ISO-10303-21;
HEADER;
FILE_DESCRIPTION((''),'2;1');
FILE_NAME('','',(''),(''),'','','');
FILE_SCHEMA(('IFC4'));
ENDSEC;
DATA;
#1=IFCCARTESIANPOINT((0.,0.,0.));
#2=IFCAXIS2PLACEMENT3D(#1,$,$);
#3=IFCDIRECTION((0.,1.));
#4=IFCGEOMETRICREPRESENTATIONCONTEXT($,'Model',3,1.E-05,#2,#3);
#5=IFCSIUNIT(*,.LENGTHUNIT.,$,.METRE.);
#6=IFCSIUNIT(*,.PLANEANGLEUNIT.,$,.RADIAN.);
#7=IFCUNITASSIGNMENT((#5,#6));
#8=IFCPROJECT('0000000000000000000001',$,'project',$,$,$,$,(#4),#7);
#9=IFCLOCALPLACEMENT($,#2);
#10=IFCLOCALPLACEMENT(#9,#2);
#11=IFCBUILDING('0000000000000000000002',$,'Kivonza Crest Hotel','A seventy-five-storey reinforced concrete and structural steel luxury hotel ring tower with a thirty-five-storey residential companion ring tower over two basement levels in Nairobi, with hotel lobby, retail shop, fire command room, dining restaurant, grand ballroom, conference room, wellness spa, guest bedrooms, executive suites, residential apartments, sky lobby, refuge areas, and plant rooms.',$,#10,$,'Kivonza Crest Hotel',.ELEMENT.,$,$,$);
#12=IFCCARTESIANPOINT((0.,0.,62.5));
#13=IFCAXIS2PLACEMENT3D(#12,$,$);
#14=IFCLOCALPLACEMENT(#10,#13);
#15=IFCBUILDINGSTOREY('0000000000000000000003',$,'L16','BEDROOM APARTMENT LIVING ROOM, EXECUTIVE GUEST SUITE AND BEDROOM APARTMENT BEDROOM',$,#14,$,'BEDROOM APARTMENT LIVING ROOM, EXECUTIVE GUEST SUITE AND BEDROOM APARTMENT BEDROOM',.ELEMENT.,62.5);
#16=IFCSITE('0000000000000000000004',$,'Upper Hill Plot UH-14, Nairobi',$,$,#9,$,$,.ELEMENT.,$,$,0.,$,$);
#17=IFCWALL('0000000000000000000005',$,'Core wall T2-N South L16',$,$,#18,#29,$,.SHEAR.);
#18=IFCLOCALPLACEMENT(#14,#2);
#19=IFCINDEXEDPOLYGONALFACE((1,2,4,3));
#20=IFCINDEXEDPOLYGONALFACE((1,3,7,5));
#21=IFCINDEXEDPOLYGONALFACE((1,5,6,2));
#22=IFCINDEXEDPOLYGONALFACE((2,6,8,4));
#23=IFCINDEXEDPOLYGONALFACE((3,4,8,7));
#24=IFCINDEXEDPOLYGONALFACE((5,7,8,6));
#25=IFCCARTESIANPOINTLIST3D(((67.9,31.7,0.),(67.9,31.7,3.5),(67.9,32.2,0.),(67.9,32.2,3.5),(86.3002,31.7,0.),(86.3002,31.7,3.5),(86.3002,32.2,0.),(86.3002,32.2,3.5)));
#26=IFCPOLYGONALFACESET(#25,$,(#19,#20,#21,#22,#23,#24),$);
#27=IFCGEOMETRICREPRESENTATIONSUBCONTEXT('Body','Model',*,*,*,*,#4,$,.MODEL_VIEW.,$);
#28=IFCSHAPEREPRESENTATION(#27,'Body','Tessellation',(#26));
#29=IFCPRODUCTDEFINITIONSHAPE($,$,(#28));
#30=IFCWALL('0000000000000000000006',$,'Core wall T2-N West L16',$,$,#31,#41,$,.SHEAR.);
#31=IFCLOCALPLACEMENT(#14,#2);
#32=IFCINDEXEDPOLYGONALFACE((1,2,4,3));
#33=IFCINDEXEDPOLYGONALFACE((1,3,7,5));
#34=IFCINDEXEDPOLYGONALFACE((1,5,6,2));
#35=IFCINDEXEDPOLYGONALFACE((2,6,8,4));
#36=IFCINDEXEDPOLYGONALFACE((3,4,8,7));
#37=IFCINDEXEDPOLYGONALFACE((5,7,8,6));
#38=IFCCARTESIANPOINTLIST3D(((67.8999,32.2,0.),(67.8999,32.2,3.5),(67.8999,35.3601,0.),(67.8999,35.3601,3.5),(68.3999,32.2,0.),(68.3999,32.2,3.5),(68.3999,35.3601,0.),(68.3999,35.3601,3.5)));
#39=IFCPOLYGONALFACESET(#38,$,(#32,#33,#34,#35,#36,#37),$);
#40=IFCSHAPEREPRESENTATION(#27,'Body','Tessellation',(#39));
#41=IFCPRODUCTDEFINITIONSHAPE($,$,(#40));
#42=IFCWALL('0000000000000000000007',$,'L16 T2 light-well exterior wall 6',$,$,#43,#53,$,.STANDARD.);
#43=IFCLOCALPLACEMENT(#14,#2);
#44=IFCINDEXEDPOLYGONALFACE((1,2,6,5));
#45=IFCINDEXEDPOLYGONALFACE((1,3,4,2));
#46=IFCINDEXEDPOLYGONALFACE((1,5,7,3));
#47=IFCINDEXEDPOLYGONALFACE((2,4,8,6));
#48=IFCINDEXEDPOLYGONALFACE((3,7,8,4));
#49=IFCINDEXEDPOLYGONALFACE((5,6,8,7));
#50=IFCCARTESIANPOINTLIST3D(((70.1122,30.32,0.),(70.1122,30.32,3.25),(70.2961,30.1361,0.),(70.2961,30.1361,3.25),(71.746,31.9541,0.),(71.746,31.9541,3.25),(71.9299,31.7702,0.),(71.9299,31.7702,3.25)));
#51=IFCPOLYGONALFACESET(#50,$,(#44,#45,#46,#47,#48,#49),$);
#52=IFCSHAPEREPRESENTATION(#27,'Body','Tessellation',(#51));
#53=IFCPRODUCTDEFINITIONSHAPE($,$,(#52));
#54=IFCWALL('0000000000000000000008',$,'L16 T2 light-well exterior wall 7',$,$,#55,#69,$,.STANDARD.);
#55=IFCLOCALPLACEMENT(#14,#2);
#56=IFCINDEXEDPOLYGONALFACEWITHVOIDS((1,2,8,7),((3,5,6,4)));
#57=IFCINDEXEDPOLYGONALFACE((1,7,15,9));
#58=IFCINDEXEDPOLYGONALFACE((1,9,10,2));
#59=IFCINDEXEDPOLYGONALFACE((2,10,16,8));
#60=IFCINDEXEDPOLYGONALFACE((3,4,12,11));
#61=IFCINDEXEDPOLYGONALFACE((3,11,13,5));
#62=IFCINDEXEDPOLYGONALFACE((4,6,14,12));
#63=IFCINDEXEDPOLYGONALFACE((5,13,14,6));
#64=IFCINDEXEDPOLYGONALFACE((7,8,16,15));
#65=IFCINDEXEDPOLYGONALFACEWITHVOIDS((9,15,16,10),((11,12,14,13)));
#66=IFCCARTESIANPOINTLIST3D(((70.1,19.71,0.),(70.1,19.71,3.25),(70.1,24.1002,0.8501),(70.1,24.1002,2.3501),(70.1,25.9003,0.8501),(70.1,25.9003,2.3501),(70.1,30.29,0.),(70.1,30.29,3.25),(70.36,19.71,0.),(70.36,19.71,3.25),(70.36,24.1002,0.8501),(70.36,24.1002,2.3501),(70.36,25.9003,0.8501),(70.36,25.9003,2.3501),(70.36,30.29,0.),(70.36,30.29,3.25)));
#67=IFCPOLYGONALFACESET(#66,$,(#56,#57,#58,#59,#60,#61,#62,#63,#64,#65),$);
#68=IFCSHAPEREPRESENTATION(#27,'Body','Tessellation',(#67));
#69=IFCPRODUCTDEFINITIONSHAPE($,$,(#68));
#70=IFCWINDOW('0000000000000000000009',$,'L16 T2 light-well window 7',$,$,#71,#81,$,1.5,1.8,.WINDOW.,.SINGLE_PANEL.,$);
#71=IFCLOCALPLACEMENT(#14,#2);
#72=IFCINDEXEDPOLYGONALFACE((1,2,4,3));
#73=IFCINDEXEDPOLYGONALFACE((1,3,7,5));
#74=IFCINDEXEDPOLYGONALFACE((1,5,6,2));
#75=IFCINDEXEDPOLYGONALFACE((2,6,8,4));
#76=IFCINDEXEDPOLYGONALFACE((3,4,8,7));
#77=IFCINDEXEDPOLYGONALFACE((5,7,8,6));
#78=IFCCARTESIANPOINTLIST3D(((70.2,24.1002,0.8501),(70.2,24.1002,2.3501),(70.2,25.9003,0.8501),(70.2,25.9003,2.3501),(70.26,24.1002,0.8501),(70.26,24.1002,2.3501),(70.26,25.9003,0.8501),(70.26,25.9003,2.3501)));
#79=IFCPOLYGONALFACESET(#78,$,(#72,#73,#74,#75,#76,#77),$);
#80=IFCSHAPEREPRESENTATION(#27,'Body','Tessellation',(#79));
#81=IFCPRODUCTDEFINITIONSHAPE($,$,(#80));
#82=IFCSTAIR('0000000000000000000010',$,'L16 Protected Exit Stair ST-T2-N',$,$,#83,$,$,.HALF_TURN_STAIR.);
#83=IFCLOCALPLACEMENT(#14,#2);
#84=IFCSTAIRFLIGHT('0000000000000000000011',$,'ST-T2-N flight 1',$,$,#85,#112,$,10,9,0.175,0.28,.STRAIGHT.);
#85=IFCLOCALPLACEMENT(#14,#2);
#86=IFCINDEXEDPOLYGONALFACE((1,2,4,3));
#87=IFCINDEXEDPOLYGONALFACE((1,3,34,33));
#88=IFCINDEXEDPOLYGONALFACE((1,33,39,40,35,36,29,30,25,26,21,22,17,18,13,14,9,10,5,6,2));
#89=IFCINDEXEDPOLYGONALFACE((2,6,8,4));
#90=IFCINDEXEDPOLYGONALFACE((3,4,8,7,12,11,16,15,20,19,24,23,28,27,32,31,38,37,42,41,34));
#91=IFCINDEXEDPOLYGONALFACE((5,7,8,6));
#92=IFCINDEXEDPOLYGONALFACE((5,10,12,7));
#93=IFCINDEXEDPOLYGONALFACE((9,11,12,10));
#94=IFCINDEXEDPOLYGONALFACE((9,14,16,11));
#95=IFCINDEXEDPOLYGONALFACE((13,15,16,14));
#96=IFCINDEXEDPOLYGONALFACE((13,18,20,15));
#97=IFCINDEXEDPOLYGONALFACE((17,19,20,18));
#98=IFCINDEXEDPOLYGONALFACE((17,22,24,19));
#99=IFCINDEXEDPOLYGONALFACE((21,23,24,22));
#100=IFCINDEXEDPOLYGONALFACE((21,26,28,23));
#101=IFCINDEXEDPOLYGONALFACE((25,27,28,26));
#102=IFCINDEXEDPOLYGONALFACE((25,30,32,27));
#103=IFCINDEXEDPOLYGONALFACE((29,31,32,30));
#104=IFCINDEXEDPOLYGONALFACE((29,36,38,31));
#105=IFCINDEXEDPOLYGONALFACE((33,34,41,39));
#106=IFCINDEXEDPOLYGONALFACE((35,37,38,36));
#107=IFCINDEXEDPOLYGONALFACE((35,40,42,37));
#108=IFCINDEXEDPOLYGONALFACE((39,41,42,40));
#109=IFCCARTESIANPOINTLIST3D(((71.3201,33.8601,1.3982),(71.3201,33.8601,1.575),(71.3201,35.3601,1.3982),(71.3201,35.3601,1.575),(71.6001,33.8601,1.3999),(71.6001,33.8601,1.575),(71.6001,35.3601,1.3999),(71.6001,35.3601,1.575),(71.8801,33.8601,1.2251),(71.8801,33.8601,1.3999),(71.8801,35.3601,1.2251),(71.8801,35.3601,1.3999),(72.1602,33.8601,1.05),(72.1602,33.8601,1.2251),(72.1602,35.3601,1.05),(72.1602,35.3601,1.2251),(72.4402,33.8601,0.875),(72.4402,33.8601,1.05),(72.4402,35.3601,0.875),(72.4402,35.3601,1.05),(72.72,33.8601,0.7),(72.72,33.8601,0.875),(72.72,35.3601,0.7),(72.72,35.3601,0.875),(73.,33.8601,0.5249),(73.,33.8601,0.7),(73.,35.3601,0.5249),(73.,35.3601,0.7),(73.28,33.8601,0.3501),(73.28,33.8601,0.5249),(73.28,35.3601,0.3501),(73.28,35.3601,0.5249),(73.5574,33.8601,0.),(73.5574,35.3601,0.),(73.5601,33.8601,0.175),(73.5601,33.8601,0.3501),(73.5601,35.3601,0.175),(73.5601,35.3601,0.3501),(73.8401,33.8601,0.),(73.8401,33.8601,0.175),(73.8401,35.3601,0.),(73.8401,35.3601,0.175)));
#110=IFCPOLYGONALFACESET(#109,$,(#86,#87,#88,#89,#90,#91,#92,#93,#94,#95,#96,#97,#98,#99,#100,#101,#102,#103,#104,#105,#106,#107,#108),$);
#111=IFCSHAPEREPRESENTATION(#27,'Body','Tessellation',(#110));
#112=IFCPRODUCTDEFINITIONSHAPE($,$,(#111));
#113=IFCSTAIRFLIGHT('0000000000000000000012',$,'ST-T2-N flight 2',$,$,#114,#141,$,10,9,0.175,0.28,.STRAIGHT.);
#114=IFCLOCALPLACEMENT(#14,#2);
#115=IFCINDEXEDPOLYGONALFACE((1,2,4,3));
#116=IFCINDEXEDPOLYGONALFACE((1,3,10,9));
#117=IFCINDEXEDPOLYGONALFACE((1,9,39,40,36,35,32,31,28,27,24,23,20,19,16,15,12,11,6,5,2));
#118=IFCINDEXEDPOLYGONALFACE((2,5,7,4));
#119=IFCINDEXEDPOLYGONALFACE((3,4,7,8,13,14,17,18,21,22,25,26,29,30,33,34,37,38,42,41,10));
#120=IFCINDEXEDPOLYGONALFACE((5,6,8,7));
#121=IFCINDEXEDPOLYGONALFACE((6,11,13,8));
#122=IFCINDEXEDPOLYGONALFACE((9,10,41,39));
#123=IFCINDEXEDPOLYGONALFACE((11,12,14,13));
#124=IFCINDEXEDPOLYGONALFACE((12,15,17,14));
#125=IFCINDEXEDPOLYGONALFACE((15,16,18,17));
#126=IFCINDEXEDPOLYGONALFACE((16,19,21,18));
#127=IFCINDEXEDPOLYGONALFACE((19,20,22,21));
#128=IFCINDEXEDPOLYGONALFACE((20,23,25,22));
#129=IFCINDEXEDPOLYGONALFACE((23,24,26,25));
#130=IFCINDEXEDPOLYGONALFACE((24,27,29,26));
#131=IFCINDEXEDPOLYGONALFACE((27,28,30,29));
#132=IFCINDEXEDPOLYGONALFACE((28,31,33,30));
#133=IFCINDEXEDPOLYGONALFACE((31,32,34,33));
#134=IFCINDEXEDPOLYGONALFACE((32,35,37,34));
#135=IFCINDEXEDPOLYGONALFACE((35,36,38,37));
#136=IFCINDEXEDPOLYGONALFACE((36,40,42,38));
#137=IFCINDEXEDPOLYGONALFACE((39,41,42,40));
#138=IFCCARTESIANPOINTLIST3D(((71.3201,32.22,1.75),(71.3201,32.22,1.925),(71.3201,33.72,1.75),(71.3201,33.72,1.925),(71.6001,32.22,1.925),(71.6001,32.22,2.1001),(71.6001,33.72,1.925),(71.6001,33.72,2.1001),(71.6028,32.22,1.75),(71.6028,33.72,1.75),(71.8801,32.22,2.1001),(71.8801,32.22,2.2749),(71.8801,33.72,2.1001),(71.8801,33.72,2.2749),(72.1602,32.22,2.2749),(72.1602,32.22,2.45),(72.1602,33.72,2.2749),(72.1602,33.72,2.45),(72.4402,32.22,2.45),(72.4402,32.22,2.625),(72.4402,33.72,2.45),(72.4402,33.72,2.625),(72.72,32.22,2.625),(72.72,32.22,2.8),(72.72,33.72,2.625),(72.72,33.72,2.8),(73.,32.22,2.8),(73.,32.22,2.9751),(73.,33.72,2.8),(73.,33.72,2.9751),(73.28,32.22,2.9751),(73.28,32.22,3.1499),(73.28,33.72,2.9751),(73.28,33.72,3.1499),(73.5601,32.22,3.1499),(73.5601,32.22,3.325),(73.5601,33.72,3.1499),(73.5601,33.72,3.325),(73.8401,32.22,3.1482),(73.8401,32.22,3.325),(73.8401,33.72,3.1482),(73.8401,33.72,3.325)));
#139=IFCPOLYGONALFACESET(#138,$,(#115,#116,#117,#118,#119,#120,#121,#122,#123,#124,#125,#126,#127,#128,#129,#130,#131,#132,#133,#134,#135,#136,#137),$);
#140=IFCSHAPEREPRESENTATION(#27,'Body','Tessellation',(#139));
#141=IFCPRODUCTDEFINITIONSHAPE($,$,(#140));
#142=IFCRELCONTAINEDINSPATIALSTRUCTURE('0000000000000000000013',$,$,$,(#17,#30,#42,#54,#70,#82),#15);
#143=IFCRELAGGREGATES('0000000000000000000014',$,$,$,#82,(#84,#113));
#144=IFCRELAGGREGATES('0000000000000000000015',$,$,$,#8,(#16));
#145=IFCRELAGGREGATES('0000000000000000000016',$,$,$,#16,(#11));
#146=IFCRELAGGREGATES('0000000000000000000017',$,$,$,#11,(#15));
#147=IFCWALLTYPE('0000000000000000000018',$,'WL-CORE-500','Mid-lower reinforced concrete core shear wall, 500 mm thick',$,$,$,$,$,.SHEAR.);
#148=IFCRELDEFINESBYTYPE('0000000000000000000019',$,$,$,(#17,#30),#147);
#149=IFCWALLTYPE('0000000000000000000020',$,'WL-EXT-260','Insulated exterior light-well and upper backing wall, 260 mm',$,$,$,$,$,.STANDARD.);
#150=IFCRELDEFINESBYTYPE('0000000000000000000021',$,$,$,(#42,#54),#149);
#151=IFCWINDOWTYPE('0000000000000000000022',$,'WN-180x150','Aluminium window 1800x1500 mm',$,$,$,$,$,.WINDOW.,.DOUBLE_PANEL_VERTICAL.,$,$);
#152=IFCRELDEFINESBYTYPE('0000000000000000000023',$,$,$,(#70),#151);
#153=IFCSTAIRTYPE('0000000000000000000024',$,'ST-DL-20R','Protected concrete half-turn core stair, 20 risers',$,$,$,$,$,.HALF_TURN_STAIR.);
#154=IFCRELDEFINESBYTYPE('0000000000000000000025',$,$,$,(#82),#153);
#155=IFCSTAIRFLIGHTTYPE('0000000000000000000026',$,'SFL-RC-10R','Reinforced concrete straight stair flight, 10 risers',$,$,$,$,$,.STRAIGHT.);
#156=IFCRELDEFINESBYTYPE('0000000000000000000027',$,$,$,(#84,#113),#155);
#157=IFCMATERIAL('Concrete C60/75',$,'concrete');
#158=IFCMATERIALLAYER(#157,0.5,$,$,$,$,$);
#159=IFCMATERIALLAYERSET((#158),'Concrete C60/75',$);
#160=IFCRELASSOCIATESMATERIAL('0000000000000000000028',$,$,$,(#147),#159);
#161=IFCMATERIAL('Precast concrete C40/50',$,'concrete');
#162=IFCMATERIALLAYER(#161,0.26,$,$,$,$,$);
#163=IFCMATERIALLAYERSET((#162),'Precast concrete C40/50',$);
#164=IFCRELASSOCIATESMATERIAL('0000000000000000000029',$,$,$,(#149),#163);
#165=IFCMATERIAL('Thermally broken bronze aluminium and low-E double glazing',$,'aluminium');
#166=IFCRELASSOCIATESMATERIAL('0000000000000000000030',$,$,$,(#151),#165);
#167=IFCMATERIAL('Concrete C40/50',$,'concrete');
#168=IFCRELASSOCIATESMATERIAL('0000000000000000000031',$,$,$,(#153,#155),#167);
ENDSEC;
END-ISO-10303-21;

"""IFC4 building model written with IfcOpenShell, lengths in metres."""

from ifc_helpers import new_model, si_unit, direction, frame, frame_2d, origin, place, context, subcontext, project, spatial, polyline, rectangle, outline, extrude, material, layer, layer_set, type_object, element, fill, aggregate, save


model = new_model("IFC4")

# Units and contexts
model_context = context("Model", 3, precision=1e-05, world=origin(), true_north=direction((0.0, 1.0)))
body_context = subcontext(model_context, "Body", "Model", "MODEL_VIEW")
ifc_project = project(units=[si_unit("LENGTHUNIT", "METRE"), si_unit("PLANEANGLEUNIT", "RADIAN")], contexts=[model_context])

# Site, building, storey
site_placement = place(None, origin())
site = spatial("IfcSite", under=ifc_project, at=site_placement, Name="Upper Hill Plot UH-14, Nairobi", CompositionType="ELEMENT", RefElevation=0.0)
building_placement = place(site_placement, origin())
building = spatial("IfcBuilding", under=site, at=building_placement, Name="Kivonza Crest Hotel", Description="A seventy-five-storey reinforced concrete and structural steel luxury hotel ring tower with a thirty-five-storey residential companion ring tower over two basement levels in Nairobi, with hotel lobby, retail shop, fire command room, dining restaurant, grand ballroom, conference room, wellness spa, guest bedrooms, executive suites, residential apartments, sky lobby, refuge areas, and plant rooms.", LongName="Kivonza Crest Hotel", CompositionType="ELEMENT")
storey_placement = place(building_placement, frame((0.0, 0.0, 62.5)))
storey = spatial("IfcBuildingStorey", under=building, at=storey_placement, Name="L16", Description="BEDROOM APARTMENT LIVING ROOM, EXECUTIVE GUEST SUITE AND BEDROOM APARTMENT BEDROOM", LongName="BEDROOM APARTMENT LIVING ROOM, EXECUTIVE GUEST SUITE AND BEDROOM APARTMENT BEDROOM", CompositionType="ELEMENT", Elevation=62.5)

# Walls
ifc_material_1 = material(Name="Concrete C60/75", Category="concrete")
ifc_layer_1 = layer(ifc_material_1, 0.5)
ifc_layer_set_1 = layer_set([ifc_layer_1], Name="Concrete C60/75")
wall_type_1 = type_object("IfcWallType", Name="WL-CORE-500", Description="Mid-lower reinforced concrete core shear wall, 500 mm thick", PredefinedType="SHEAR", material=ifc_layer_set_1)
wall_1_placement = place(storey_placement, frame((67.8999, 31.95, 0.0), z_axis=(0.0, 0.0, 1.0), x_axis=(1.0, 0.0, 0.0)))
element("IfcWall", 1, at=wall_1_placement, inside=storey, type_object=wall_type_1, Name="Core wall T2-N South L16", PredefinedType="SHEAR", context=body_context, shape_type="SweptSolid", body=[
    extrude(rectangle(XDim=18.4001, YDim=0.5, at=frame_2d((9.2002, 0.0))), origin(), (0.0, 0.0, 1.0), 3.5),
])
wall_2_placement = place(storey_placement, frame((68.1499, 32.2, 0.0), z_axis=(0.0, 0.0, 1.0), x_axis=(0.0, 1.0, 0.0)))
element("IfcWall", 2, at=wall_2_placement, inside=storey, type_object=wall_type_1, Name="Core wall T2-N West L16", PredefinedType="SHEAR", context=body_context, shape_type="SweptSolid", body=[
    extrude(rectangle(XDim=3.1602, YDim=0.5, at=frame_2d((1.5801, 0.0))), origin(), (0.0, 0.0, 1.0), 3.5),
])
ifc_material_2 = material(Name="Precast concrete C40/50", Category="concrete")
ifc_layer_2 = layer(ifc_material_2, 0.26)
ifc_layer_set_2 = layer_set([ifc_layer_2], Name="Precast concrete C40/50")
wall_type_2 = type_object("IfcWallType", Name="WL-EXT-260", Description="Insulated exterior light-well and upper backing wall, 260 mm", PredefinedType="STANDARD", material=ifc_layer_set_2)
wall_3_placement = place(storey_placement, frame((71.8379, 31.8621, 0.0), z_axis=(0.0, 0.0, 1.0), x_axis=(-0.707054, -0.70716, 0.0)))
element("IfcWall", 3, at=wall_3_placement, inside=storey, type_object=wall_type_2, Name="L16 T2 light-well exterior wall 6", PredefinedType="STANDARD", context=body_context, shape_type="SweptSolid", body=[
    extrude(rectangle(XDim=2.3108, YDim=0.26, at=frame_2d((1.1553, 0.0))), origin(), (0.0, 0.0, 1.0), 3.25),
])

# Wall, opening, window
wall_4_placement = place(storey_placement, frame((70.23, 30.29, 0.0), z_axis=(0.0, 0.0, 1.0), x_axis=(0.0, -1.0, 0.0)))
wall_4 = element("IfcWall", 4, at=wall_4_placement, inside=storey, type_object=wall_type_2, Name="L16 T2 light-well exterior wall 7", PredefinedType="STANDARD", context=body_context, shape_type="SweptSolid", body=[
    extrude(rectangle(XDim=10.5801, YDim=0.26, at=frame_2d((5.29, 0.0))), origin(), (0.0, 0.0, 1.0), 3.25),
])
opening_1_placement = place(wall_4_placement, frame((4.3899, 0.0, 0.8501)))
opening_1 = element("IfcOpeningElement", 5, at=opening_1_placement, cuts=wall_4, PredefinedType="OPENING", context=body_context, shape_type="SweptSolid", body=[
    extrude(rectangle(XDim=1.8, YDim=1.5, at=frame_2d((0.8999, 0.75))), frame((0.0, 0.1401, 0.0), z_axis=(0.0, -1.0, 0.0), x_axis=(1.0, 0.0, 0.0)), (0.0, 0.0, 1.0), 0.28),
])
ifc_material_3 = material(Name="Thermally broken bronze aluminium and low-E double glazing", Category="aluminium")
window_type = type_object("IfcWindowType", Name="WN-180x150", Description="Aluminium window 1800x1500 mm", PartitioningType="DOUBLE_PANEL_VERTICAL", PredefinedType="WINDOW", material=ifc_material_3)
window_placement = place(opening_1_placement, origin())
window = element("IfcWindow", 6, at=window_placement, inside=storey, type_object=window_type, Name="L16 T2 light-well window 7", OverallHeight=1.5, OverallWidth=1.8, PartitioningType="SINGLE_PANEL", PredefinedType="WINDOW", context=body_context, shape_type="SweptSolid", body=[
    extrude(rectangle(XDim=1.8, YDim=1.5, at=frame_2d((0.8999, 0.75))), frame((0.0, 0.03, 0.0), z_axis=(0.0, -1.0, 0.0), x_axis=(1.0, 0.0, 0.0)), (0.0, 0.0, 1.0), 0.0601),
])
fill(opening_1, window)

# Stair, stair flights
ifc_material_4 = material(Name="Concrete C40/50", Category="concrete")
stair_type = type_object("IfcStairType", Name="ST-DL-20R", Description="Protected concrete half-turn core stair, 20 risers", PredefinedType="HALF_TURN_STAIR", material=ifc_material_4)
stair_placement = place(storey_placement, origin())
stair = element("IfcStair", 7, at=stair_placement, inside=storey, type_object=stair_type, Name="L16 Protected Exit Stair ST-T2-N", PredefinedType="HALF_TURN_STAIR")
stair_flight_type = type_object("IfcStairFlightType", Name="SFL-RC-10R", Description="Reinforced concrete straight stair flight, 10 risers", PredefinedType="STRAIGHT", material=ifc_material_4)
stair_flight_1_placement = place(storey_placement, frame((73.8401, 34.6101, 0.0), z_axis=(0.0, 0.0, 1.0), x_axis=(-1.0, 0.0, 0.0)))
stair_flight_1 = element("IfcStairFlight", 8, at=stair_flight_1_placement, type_object=stair_flight_type, Name="ST-T2-N flight 1", NumberOfRisers=10, NumberOfTreads=9, PredefinedType="STRAIGHT", RiserHeight=0.175, TreadLength=0.28, context=body_context, shape_type="SweptSolid", body=[
    extrude(outline(polyline([(0.0, 0.0), (0.0, 0.175), (0.28, 0.175), (0.28, 0.3501), (0.5601, 0.3501), (0.5601, 0.5249), (0.8401, 0.5249), (0.8401, 0.7), (1.1201, 0.7), (1.1201, 0.875), (1.3999, 0.875), (1.3999, 1.05), (1.6799, 1.05), (1.6799, 1.2251), (1.96, 1.2251), (1.96, 1.3999), (2.24, 1.3999), (2.24, 1.575), (2.52, 1.575), (2.52, 1.75), (2.52, 1.3982), (0.2827, 0.0), (0.0, 0.0)])), frame((0.0, 0.75, 0.0), z_axis=(0.0, -1.0, 0.0), x_axis=(1.0, 0.0, 0.0)), (0.0, 0.0, 1.0), 1.5),
])
stair_flight_2_placement = place(storey_placement, frame((71.3201, 32.97, 1.75), z_axis=(0.0, 0.0, 1.0), x_axis=(1.0, 0.0, 0.0)))
stair_flight_2 = element("IfcStairFlight", 9, at=stair_flight_2_placement, type_object=stair_flight_type, Name="ST-T2-N flight 2", NumberOfRisers=10, NumberOfTreads=9, PredefinedType="STRAIGHT", RiserHeight=0.175, TreadLength=0.28, context=body_context, shape_type="SweptSolid", body=[
    extrude(outline(polyline([(0.0, 0.0), (0.0, 0.175), (0.28, 0.175), (0.28, 0.3501), (0.5601, 0.3501), (0.5601, 0.5249), (0.8401, 0.5249), (0.8401, 0.7), (1.1201, 0.7), (1.1201, 0.875), (1.3999, 0.875), (1.3999, 1.05), (1.6799, 1.05), (1.6799, 1.2251), (1.96, 1.2251), (1.96, 1.3999), (2.24, 1.3999), (2.24, 1.575), (2.52, 1.575), (2.52, 1.75), (2.52, 1.3982), (0.2827, 0.0), (0.0, 0.0)])), frame((0.0, 0.75, 0.0), z_axis=(0.0, -1.0, 0.0), x_axis=(1.0, 0.0, 0.0)), (0.0, 0.0, 1.0), 1.5),
])
aggregate(stair, [stair_flight_1, stair_flight_2])

save(model, "model.ifc")
